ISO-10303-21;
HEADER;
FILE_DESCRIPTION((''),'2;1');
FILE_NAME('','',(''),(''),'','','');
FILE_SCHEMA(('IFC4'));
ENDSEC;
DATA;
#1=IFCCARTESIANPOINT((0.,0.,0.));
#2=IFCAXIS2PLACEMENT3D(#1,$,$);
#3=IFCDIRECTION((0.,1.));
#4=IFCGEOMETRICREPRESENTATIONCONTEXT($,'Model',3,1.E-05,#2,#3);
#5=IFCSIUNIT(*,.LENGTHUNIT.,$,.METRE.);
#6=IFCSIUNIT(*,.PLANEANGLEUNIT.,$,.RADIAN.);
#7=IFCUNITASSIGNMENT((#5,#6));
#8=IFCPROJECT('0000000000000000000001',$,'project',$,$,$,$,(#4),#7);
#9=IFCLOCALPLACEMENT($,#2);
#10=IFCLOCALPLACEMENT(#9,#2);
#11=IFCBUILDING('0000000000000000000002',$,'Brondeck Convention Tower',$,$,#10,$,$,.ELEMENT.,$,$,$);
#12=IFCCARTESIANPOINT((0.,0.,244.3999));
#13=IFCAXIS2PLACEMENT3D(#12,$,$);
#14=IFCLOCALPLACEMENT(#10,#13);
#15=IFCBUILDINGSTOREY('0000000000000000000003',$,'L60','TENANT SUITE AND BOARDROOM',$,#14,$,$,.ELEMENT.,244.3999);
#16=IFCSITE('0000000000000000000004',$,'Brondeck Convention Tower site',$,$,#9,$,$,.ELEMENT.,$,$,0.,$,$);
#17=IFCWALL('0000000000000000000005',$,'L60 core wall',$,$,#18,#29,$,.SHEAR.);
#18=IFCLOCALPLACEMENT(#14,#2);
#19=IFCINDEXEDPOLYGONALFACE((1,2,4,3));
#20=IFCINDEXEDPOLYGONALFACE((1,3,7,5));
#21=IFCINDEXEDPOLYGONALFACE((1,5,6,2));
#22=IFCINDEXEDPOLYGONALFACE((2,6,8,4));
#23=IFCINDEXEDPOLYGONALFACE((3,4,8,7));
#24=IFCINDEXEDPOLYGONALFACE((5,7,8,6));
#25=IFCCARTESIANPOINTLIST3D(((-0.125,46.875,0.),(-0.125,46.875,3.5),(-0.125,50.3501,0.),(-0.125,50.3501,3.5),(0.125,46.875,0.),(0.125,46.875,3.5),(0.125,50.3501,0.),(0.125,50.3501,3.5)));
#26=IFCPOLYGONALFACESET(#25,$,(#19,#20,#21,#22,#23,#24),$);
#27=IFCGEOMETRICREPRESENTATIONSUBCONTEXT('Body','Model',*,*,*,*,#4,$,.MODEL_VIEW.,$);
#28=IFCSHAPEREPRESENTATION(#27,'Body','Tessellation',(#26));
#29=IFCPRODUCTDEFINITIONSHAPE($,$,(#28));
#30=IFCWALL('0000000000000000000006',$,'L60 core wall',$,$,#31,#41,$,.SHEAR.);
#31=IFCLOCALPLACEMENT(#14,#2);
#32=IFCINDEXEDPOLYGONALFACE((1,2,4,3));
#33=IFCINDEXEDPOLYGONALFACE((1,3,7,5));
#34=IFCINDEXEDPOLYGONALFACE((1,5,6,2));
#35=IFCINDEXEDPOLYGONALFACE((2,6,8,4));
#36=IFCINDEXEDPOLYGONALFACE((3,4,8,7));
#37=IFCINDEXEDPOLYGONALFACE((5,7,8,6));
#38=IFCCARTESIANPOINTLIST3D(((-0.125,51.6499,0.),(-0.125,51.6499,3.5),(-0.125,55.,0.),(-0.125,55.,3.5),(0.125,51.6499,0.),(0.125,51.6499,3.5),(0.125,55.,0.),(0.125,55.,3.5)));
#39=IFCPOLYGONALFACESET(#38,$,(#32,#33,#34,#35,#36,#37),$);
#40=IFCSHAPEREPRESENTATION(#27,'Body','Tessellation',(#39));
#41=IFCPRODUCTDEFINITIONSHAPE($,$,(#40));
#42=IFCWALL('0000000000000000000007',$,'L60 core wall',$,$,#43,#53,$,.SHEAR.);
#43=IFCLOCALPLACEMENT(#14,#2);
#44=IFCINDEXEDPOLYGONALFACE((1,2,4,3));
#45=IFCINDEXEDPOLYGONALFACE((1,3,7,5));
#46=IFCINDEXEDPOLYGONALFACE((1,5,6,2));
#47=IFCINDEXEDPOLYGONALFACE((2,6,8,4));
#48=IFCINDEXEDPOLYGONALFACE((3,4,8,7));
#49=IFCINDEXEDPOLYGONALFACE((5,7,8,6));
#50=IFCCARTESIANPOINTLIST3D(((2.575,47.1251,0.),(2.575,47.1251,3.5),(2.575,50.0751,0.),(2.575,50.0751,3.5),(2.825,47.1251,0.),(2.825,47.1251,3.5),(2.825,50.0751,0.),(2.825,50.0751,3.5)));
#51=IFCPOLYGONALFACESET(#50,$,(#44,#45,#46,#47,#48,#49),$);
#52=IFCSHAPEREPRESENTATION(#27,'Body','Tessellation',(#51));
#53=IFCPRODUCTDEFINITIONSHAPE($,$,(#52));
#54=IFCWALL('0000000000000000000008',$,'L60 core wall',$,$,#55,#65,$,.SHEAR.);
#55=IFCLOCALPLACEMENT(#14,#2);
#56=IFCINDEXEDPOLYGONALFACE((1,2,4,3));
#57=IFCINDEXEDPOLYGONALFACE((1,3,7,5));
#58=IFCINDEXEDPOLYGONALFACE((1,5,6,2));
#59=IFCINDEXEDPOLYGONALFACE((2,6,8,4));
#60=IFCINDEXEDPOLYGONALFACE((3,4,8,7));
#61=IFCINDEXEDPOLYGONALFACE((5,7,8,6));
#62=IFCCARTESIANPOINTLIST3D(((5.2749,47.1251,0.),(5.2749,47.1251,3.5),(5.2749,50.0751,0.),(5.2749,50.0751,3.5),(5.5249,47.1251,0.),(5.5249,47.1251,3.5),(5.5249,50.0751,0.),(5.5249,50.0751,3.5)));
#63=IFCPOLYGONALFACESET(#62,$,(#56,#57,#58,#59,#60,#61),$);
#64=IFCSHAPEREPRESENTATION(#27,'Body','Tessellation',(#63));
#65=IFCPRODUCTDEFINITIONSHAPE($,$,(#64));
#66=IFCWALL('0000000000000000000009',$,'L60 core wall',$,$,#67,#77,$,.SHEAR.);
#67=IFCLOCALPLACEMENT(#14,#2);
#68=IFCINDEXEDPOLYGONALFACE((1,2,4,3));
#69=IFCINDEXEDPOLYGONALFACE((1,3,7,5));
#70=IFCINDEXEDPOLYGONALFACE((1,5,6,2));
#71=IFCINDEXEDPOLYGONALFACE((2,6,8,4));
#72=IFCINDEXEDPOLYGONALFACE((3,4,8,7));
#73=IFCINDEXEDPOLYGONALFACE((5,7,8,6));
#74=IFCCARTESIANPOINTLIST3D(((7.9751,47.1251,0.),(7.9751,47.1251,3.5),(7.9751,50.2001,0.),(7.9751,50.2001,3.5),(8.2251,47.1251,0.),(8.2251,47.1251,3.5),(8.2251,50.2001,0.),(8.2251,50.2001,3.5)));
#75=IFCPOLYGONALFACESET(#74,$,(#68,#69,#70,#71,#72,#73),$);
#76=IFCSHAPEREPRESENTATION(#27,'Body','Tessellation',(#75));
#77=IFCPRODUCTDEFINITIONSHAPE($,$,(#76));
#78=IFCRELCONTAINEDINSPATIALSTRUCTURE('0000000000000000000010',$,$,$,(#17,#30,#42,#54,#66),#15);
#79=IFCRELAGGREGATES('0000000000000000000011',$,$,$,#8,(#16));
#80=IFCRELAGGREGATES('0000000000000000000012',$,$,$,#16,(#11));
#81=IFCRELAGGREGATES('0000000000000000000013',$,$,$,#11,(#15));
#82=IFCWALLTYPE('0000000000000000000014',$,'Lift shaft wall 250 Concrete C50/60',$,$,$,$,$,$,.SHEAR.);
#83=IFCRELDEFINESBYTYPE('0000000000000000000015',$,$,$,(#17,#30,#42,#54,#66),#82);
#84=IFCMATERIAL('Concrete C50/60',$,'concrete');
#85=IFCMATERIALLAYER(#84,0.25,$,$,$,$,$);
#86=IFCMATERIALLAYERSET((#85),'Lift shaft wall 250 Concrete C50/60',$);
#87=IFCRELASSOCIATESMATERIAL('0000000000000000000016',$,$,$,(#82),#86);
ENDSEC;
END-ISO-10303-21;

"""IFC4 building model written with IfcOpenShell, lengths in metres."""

from ifc_helpers import new_model, si_unit, direction, frame, frame_2d, origin, place, context, subcontext, project, spatial, rectangle, extrude, material, layer, layer_set, type_object, element, save


model = new_model("IFC4")

# Units and contexts
model_context = context("Model", 3, precision=1e-05, world=origin(), true_north=direction((0.0, 1.0)))
body_context = subcontext(model_context, "Body", "Model", "MODEL_VIEW")
ifc_project = project(units=[si_unit("LENGTHUNIT", "METRE"), si_unit("PLANEANGLEUNIT", "RADIAN")], contexts=[model_context])

# Site, building, storey
site_placement = place(None, origin())
site = spatial("IfcSite", under=ifc_project, at=site_placement, Name="Brondeck Convention Tower site", CompositionType="ELEMENT", RefElevation=0.0)
building_placement = place(site_placement, origin())
building = spatial("IfcBuilding", under=site, at=building_placement, Name="Brondeck Convention Tower", CompositionType="ELEMENT")
storey_placement = place(building_placement, frame((0.0, 0.0, 244.3999)))
storey = spatial("IfcBuildingStorey", under=building, at=storey_placement, Name="L60", Description="TENANT SUITE AND BOARDROOM", CompositionType="ELEMENT", Elevation=244.3999)

# Shared definitions
ifc_material_1 = material(Name="Concrete C50/60", Category="concrete")

# Shared definitions
ifc_layer_1 = layer(ifc_material_1, 0.25)
ifc_layer_set_1 = layer_set([ifc_layer_1], Name="Lift shaft wall 250 Concrete C50/60")
wall_type_1 = type_object("IfcWallType", Name="Lift shaft wall 250 Concrete C50/60", PredefinedType="SHEAR", material=ifc_layer_set_1)

# Walls
wall_1_placement = place(storey_placement, frame((0.0, 46.875, 0.0), z_axis=(0.0, 0.0, 1.0), x_axis=(0.0, 1.0, 0.0)))
element("IfcWall", 1, at=wall_1_placement, inside=storey, type_object=wall_type_1, Name="L60 core wall", PredefinedType="SHEAR", context=body_context, shape_type="SweptSolid", body=[
    extrude(rectangle(XDim=3.4751, YDim=0.25, at=frame_2d((1.7375, 0.0))), origin(), (0.0, 0.0, 1.0), 3.5),
])
wall_2_placement = place(storey_placement, frame((0.0, 51.6499, 0.0), z_axis=(0.0, 0.0, 1.0), x_axis=(0.0, 1.0, 0.0)))
element("IfcWall", 2, at=wall_2_placement, inside=storey, type_object=wall_type_1, Name="L60 core wall", PredefinedType="SHEAR", context=body_context, shape_type="SweptSolid", body=[
    extrude(rectangle(XDim=3.3501, YDim=0.25, at=frame_2d((1.675, 0.0))), origin(), (0.0, 0.0, 1.0), 3.5),
])
for number, where, z_axis, x_axis, name in (
    (3, (2.7, 47.125, 0.0), (0.0, 0.0, 1.0), (0.0, 1.0, 0.0), "L60 core wall"),
    (4, (5.3999, 47.125, 0.0), (0.0, 0.0, 1.0), (0.0, 1.0, 0.0), "L60 core wall"),
):
    element("IfcWall", number, at=place(storey_placement, frame(where, z_axis=z_axis, x_axis=x_axis)), inside=storey, type_object=wall_type_1, Name=name, PredefinedType="SHEAR", context=body_context, shape_type="SweptSolid", body=[
        extrude(rectangle(XDim=2.95, YDim=0.25, at=frame_2d((1.4751, 0.0))), origin(), (0.0, 0.0, 1.0), 3.5),
    ])
wall_3_placement = place(storey_placement, frame((8.1001, 47.125, 0.0), z_axis=(0.0, 0.0, 1.0), x_axis=(0.0, 1.0, 0.0)))
element("IfcWall", 5, at=wall_3_placement, inside=storey, type_object=wall_type_1, Name="L60 core wall", PredefinedType="SHEAR", context=body_context, shape_type="SweptSolid", body=[
    extrude(rectangle(XDim=3.075, YDim=0.25, at=frame_2d((1.5376, 0.0))), origin(), (0.0, 0.0, 1.0), 3.5),
])

save(model, "model.ifc")
